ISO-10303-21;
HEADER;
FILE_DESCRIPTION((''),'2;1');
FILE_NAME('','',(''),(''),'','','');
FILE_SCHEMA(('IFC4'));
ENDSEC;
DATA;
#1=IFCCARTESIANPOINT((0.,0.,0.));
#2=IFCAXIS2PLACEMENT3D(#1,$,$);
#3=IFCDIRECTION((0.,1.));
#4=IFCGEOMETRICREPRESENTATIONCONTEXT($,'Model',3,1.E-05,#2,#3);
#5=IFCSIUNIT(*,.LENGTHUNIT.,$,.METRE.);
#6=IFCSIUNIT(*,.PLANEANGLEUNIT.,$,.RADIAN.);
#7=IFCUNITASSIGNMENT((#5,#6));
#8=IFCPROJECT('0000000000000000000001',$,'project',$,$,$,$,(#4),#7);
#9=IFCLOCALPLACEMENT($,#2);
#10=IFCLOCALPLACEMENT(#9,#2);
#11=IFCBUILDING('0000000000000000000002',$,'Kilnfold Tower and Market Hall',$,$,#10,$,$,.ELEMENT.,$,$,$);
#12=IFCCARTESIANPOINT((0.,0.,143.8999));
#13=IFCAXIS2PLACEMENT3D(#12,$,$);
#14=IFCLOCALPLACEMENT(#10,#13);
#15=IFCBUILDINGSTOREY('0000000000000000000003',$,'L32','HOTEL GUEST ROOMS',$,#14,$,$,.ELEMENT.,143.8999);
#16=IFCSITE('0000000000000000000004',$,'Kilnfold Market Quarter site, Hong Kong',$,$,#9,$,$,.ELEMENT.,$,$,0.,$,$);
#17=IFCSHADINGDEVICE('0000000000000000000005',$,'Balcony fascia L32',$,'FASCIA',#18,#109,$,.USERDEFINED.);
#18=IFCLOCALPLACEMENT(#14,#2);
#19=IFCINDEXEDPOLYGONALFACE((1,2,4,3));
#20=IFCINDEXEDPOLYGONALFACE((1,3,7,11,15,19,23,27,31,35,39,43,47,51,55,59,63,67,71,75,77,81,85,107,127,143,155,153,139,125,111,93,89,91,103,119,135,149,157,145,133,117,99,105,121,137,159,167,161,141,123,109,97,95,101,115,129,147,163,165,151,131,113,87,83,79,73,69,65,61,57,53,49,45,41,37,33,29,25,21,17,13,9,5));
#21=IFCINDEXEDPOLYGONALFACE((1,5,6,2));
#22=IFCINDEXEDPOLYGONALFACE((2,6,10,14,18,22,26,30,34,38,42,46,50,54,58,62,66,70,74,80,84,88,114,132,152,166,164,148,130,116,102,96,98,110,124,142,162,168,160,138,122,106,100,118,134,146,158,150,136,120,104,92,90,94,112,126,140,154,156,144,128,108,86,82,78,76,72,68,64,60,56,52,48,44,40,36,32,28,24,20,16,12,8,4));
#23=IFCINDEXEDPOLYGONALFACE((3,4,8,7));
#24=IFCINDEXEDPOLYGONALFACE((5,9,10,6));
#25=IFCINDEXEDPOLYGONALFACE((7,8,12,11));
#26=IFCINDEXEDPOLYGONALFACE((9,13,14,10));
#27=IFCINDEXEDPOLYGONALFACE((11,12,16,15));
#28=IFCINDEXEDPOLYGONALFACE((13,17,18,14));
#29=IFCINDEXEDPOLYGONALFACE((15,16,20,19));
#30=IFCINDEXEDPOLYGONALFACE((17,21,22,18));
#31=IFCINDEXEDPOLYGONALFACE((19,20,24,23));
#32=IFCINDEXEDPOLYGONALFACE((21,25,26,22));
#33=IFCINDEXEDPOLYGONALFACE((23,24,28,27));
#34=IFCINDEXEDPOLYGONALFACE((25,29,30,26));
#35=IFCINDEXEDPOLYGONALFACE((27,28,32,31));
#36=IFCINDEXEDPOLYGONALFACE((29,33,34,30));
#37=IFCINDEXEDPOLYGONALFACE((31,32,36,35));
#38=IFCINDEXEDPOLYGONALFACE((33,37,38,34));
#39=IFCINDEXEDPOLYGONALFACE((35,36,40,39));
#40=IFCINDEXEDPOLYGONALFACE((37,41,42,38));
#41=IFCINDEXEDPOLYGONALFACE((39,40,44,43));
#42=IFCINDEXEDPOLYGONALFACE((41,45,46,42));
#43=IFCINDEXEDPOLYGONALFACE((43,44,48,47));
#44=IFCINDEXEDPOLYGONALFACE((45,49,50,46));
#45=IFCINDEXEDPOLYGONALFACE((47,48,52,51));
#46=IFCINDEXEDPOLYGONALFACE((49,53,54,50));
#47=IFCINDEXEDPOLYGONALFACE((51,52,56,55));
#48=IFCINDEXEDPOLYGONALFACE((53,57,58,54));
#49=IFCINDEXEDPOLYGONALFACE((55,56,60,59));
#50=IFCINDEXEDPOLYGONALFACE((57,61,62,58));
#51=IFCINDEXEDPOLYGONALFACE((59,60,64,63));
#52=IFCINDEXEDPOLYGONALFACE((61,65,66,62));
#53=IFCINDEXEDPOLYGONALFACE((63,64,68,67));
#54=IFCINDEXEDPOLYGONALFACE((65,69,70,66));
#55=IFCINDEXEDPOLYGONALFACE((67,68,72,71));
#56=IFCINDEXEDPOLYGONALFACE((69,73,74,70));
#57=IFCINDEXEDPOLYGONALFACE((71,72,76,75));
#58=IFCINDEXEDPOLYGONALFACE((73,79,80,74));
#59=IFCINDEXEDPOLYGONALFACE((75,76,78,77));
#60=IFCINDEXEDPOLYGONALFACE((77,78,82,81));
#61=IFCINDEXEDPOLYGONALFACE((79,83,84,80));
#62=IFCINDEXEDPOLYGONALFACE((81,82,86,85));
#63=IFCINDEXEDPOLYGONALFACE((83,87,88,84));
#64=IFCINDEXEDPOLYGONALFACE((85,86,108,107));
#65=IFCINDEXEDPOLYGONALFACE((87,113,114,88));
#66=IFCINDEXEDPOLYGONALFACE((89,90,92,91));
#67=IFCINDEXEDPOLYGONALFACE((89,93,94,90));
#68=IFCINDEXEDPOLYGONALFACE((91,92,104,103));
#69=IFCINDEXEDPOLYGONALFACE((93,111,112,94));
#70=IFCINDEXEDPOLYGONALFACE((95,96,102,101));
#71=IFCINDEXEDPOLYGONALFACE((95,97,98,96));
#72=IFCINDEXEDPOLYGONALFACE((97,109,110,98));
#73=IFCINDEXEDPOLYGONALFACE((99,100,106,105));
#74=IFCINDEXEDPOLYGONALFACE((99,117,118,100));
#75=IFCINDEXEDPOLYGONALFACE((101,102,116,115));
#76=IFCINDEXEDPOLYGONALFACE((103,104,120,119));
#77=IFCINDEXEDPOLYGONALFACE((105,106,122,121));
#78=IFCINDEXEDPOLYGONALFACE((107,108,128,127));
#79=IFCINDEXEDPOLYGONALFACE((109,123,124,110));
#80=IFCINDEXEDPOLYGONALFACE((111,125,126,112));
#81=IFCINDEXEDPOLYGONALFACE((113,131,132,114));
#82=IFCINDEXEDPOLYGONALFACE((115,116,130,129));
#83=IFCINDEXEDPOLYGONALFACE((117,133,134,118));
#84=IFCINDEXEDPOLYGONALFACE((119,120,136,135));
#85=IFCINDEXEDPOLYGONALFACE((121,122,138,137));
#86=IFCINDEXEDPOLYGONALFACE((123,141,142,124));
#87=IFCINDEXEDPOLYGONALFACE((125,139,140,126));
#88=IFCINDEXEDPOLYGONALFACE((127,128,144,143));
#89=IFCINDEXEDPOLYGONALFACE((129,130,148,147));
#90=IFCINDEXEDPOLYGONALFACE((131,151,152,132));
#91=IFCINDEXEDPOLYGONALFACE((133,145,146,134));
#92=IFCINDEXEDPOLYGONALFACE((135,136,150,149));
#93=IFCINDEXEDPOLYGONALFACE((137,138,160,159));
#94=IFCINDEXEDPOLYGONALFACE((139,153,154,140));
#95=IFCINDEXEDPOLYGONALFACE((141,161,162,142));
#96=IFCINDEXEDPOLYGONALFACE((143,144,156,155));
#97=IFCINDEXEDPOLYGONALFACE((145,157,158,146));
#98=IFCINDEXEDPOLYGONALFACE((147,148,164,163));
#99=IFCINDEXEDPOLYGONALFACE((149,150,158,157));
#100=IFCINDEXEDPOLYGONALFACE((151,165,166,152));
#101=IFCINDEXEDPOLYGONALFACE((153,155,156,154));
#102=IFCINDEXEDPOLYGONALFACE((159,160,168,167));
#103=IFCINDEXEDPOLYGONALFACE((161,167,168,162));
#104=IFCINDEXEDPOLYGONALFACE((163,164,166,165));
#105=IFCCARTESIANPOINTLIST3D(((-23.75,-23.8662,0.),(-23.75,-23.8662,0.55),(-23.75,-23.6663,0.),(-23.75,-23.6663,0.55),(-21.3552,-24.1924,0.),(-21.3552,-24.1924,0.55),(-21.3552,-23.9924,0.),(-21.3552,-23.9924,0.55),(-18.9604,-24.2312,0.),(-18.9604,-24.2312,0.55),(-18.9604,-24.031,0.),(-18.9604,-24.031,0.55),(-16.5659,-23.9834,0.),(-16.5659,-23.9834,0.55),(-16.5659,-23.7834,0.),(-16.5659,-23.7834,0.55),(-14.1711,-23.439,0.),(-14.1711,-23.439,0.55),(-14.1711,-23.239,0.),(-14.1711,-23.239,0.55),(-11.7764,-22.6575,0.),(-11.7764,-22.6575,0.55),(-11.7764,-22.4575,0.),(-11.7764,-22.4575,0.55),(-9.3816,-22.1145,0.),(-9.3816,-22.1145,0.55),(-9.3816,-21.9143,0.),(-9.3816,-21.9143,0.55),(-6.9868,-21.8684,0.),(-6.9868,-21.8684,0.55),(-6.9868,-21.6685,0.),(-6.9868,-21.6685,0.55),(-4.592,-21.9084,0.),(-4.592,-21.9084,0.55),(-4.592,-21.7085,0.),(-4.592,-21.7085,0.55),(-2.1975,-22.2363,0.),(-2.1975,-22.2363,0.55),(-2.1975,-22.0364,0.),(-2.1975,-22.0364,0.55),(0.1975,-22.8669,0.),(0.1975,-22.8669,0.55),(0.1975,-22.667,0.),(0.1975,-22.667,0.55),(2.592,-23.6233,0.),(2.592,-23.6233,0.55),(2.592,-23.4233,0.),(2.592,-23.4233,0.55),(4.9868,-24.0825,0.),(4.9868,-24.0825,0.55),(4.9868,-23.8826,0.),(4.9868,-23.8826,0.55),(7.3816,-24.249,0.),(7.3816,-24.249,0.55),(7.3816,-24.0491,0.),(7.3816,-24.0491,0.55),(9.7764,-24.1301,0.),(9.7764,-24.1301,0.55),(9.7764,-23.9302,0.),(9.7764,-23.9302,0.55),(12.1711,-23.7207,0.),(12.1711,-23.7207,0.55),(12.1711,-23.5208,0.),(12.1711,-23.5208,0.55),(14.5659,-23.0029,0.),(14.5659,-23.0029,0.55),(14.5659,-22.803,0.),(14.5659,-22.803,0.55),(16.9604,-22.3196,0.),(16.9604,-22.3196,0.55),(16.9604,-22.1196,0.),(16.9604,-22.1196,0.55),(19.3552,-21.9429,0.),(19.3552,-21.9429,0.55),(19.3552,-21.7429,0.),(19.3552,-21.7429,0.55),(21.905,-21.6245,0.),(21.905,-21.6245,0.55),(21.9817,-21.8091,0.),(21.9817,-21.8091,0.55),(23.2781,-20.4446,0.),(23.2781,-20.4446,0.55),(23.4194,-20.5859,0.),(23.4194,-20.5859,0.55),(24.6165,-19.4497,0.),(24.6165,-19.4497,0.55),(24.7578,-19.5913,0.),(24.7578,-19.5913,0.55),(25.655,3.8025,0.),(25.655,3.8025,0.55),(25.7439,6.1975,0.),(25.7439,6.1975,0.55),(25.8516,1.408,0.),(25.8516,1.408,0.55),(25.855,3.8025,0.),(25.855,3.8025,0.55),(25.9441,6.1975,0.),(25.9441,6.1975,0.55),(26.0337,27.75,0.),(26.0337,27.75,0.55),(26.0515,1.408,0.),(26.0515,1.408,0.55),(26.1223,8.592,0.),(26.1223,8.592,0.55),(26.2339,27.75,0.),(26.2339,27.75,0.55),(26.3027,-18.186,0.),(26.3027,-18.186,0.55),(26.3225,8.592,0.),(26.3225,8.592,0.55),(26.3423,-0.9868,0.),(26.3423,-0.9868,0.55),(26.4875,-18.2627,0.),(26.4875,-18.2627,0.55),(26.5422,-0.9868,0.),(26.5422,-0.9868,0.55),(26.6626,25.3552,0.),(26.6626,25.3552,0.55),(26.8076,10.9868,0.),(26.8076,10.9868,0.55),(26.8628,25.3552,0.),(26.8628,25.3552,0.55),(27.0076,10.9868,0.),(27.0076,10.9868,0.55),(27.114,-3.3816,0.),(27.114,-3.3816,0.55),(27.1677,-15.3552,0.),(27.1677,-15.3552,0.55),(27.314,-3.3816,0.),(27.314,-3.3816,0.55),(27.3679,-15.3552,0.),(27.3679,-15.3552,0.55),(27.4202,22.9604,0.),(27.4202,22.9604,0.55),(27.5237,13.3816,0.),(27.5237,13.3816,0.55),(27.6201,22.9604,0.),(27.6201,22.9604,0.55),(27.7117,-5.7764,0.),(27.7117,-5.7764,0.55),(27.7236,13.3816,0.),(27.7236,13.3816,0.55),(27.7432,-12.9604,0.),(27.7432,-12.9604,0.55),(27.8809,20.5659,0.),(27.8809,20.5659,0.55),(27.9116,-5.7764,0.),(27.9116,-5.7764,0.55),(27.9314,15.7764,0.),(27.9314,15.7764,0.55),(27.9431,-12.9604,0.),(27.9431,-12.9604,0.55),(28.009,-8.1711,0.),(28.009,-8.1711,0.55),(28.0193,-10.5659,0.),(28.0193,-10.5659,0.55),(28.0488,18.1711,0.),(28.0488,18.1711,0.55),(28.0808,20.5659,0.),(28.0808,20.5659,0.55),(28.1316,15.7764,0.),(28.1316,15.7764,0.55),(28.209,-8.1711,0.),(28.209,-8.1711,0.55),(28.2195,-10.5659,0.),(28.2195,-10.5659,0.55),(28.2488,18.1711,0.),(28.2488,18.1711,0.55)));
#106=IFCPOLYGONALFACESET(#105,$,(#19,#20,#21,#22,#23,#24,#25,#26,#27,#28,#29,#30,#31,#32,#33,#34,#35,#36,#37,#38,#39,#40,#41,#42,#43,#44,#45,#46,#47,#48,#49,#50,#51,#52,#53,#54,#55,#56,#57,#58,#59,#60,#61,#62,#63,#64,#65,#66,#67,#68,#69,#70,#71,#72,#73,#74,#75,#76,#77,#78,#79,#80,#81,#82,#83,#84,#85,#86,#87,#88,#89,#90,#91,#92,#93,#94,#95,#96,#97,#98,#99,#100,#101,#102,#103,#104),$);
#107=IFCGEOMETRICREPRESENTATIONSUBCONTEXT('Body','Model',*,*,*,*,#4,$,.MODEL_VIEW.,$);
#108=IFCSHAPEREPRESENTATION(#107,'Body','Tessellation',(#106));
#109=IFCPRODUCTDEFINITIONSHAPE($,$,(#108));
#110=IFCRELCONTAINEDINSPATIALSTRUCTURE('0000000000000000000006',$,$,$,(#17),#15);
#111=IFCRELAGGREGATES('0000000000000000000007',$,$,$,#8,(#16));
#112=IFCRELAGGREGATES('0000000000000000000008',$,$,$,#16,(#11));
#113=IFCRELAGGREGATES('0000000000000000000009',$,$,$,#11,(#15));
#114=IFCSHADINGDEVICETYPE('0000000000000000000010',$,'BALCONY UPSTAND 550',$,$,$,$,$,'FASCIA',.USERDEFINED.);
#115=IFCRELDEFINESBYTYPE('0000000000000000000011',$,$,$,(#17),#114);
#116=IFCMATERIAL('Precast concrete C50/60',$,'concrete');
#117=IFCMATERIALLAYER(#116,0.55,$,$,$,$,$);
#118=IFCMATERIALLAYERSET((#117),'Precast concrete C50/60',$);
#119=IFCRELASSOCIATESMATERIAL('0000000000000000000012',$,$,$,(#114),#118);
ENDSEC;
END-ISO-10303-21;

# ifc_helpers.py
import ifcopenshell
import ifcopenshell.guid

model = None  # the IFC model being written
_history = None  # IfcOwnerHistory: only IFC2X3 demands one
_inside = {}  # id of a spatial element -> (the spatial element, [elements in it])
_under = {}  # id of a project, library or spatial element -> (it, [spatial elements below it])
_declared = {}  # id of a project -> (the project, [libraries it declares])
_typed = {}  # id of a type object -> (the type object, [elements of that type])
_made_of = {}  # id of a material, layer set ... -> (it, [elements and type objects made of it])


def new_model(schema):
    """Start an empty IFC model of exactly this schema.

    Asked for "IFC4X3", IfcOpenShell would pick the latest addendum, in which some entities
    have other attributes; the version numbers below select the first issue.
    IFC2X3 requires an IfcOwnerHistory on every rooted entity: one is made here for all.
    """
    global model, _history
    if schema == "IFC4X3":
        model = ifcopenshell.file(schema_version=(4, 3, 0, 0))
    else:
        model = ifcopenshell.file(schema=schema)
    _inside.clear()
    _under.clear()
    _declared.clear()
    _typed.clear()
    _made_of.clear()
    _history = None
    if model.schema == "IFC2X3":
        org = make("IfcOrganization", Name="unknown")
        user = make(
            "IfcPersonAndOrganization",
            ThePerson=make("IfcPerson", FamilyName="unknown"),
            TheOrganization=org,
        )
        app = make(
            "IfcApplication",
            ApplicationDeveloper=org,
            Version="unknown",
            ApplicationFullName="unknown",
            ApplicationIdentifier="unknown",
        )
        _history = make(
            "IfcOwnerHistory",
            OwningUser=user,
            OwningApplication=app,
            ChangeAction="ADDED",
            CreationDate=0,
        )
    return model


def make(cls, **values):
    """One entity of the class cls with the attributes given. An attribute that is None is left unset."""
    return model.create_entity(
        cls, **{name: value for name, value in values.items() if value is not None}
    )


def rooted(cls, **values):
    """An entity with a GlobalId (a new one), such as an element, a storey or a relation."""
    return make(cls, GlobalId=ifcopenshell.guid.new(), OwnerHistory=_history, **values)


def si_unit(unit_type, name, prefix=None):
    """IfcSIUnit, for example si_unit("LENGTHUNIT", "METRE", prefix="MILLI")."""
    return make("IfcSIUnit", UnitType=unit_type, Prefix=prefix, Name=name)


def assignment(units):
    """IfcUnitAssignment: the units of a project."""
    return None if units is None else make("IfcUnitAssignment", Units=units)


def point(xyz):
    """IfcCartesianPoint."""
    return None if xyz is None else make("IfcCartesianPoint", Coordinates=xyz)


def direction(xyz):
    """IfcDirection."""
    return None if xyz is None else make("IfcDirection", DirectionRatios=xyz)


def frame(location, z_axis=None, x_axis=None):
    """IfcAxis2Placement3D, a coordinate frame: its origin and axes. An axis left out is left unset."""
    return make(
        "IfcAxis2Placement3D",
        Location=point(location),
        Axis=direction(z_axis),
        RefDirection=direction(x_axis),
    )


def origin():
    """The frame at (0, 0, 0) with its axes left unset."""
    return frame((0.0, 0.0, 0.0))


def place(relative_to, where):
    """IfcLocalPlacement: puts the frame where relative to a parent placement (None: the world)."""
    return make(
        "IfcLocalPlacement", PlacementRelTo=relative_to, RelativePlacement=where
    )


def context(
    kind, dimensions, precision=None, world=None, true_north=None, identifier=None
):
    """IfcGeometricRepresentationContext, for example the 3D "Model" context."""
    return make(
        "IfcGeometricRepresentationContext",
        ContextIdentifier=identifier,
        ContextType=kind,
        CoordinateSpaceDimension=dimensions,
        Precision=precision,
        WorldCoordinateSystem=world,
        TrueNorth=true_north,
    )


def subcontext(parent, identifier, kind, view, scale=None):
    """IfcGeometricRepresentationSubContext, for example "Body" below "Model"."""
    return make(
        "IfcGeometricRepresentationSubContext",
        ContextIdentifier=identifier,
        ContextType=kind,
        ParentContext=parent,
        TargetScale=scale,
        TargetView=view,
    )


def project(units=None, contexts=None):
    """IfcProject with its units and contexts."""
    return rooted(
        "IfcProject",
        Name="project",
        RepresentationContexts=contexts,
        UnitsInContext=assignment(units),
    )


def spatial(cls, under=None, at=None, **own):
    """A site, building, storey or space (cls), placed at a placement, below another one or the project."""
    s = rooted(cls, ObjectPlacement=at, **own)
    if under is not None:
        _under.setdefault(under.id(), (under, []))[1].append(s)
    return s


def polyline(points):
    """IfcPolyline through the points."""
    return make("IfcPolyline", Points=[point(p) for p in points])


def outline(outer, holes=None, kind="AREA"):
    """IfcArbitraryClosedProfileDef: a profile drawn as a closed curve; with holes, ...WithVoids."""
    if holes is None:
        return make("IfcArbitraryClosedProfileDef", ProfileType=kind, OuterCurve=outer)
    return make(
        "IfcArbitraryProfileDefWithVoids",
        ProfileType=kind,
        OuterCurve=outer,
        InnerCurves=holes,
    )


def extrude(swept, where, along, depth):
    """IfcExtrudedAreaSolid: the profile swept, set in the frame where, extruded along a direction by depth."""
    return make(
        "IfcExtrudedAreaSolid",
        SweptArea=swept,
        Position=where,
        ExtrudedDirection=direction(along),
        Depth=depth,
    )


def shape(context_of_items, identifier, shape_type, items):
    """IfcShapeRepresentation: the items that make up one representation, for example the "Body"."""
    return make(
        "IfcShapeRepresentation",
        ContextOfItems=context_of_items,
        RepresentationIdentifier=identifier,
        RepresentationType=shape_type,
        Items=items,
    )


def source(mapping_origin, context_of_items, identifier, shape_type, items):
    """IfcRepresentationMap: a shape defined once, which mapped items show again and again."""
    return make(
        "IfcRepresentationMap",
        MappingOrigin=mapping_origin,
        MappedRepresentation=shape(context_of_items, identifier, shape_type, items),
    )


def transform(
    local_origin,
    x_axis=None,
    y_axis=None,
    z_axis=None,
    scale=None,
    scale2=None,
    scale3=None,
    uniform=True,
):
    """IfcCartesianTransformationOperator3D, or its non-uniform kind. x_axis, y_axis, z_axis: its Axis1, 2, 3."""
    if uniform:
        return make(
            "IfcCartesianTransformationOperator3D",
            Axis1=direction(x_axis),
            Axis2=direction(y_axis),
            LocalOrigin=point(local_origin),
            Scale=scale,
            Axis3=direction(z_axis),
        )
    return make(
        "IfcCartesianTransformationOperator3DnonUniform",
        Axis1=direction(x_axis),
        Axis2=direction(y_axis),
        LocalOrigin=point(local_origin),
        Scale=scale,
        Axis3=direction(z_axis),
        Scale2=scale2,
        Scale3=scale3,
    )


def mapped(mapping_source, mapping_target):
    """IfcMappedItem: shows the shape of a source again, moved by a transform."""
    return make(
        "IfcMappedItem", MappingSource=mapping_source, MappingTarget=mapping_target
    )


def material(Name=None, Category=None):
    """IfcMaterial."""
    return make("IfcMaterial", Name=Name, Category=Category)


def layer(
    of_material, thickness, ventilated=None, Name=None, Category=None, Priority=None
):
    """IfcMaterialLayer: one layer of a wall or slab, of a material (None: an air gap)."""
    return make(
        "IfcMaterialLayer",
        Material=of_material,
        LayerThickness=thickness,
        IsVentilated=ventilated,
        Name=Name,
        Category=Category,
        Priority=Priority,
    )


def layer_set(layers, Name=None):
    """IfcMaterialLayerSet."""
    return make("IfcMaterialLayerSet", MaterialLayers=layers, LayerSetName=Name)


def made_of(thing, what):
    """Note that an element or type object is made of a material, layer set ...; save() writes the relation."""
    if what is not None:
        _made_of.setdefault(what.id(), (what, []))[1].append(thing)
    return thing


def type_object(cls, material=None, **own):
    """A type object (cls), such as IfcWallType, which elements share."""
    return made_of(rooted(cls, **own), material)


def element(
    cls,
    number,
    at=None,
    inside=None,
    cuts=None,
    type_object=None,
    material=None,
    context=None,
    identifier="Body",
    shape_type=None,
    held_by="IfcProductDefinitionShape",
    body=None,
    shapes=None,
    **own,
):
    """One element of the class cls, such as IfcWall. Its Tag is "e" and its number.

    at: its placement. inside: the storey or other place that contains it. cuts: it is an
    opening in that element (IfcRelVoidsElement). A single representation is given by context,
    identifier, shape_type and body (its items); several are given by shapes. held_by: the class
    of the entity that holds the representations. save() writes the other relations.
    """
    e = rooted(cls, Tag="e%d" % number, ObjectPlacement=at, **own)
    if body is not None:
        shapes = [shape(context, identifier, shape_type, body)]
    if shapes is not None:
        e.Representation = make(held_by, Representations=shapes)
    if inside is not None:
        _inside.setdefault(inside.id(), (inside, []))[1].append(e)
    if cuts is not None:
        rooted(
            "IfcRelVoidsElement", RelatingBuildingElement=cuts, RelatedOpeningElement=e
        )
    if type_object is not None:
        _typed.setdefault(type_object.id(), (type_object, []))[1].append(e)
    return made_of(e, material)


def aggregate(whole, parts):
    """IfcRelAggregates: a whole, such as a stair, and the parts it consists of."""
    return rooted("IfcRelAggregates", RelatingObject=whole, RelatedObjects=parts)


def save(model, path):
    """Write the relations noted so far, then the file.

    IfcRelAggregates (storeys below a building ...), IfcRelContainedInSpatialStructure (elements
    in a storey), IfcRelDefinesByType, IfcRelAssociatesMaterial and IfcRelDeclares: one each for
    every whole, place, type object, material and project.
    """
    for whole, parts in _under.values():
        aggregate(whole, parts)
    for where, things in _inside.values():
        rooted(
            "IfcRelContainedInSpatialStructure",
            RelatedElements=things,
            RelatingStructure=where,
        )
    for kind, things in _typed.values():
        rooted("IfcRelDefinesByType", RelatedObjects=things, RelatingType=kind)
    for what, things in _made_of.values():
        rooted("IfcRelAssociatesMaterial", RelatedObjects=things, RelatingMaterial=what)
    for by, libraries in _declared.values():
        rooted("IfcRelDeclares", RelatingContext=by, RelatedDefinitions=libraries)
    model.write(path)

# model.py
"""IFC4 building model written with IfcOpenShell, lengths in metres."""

from ifc_helpers import new_model, si_unit, direction, frame, origin, place, context, subcontext, project, spatial, polyline, outline, extrude, source, transform, mapped, material, layer, layer_set, type_object, element, save


model = new_model("IFC4")

# Units and contexts
model_context = context("Model", 3, precision=1e-05, world=origin(), true_north=direction((0.0, 1.0)))
body_context = subcontext(model_context, "Body", "Model", "MODEL_VIEW")
ifc_project = project(units=[si_unit("LENGTHUNIT", "METRE"), si_unit("PLANEANGLEUNIT", "RADIAN")], contexts=[model_context])

# Site, building, storey
site_placement = place(None, origin())
site = spatial("IfcSite", under=ifc_project, at=site_placement, Name="Kilnfold Market Quarter site, Hong Kong", CompositionType="ELEMENT", RefElevation=0.0)
building_placement = place(site_placement, origin())
building = spatial("IfcBuilding", under=site, at=building_placement, Name="Kilnfold Tower and Market Hall", CompositionType="ELEMENT")
storey_placement = place(building_placement, frame((0.0, 0.0, 143.8999)))
storey = spatial("IfcBuildingStorey", under=building, at=storey_placement, Name="L32", Description="HOTEL GUEST ROOMS", CompositionType="ELEMENT", Elevation=143.8999)

# Shading device
ifc_material_1 = material(Name="Precast concrete C50/60", Category="concrete")
ifc_layer_1 = layer(ifc_material_1, 0.55)
ifc_layer_set_1 = layer_set([ifc_layer_1], Name="Precast concrete C50/60")
shading_device_type_1 = type_object("IfcShadingDeviceType", Name="BALCONY UPSTAND 550", ElementType="FASCIA", PredefinedType="USERDEFINED", material=ifc_layer_set_1)
shared_shape_1 = source(origin(), body_context, "Body", "SweptSolid", [
    extrude(outline(polyline([(-23.75, -23.8662), (-21.3552, -24.1924), (-18.9604, -24.2312), (-16.5659, -23.9834), (-14.1711, -23.439), (-11.7764, -22.6575), (-9.3816, -22.1145), (-6.9868, -21.8684), (-4.592, -21.9084), (-2.1975, -22.2363), (0.1975, -22.8669), (2.592, -23.6233), (4.9868, -24.0825), (7.3816, -24.249), (9.7764, -24.1301), (12.1711, -23.7207), (14.5659, -23.0029), (16.9604, -22.3196), (19.3552, -21.9429), (21.9817, -21.8091), (23.4194, -20.5859), (24.7578, -19.5913), (26.4875, -18.2627), (27.3679, -15.3552), (27.9431, -12.9604), (28.2195, -10.5659), (28.209, -8.1711), (27.9116, -5.7764), (27.314, -3.3816), (26.5422, -0.9868), (26.0515, 1.408), (25.855, 3.8025), (25.9441, 6.1975), (26.3225, 8.592), (27.0076, 10.9868), (27.7236, 13.3816), (28.1316, 15.7764), (28.2488, 18.1711), (28.0808, 20.5659), (27.6201, 22.9604), (26.8628, 25.3552), (26.2339, 27.75), (26.0337, 27.75), (26.6626, 25.3552), (27.4202, 22.9604), (27.8809, 20.5659), (28.0488, 18.1711), (27.9314, 15.7764), (27.5237, 13.3816), (26.8076, 10.9868), (26.1223, 8.592), (25.7439, 6.1975), (25.655, 3.8025), (25.8516, 1.408), (26.3423, -0.9868), (27.114, -3.3816), (27.7117, -5.7764), (28.009, -8.1711), (28.0193, -10.5659), (27.7432, -12.9604), (27.1677, -15.3552), (26.3027, -18.186), (24.6165, -19.4497), (23.2781, -20.4446), (21.905, -21.6245), (19.3552, -21.7429), (16.9604, -22.1196), (14.5659, -22.803), (12.1711, -23.5208), (9.7764, -23.9302), (7.3816, -24.0491), (4.9868, -23.8826), (2.592, -23.4233), (0.1975, -22.667), (-2.1975, -22.0364), (-4.592, -21.7085), (-6.9868, -21.6685), (-9.3816, -21.9143), (-11.7764, -22.4575), (-14.1711, -23.239), (-16.5659, -23.7834), (-18.9604, -24.031), (-21.3552, -23.9924), (-23.75, -23.6663), (-23.75, -23.8662)])), origin(), (0.0, 0.0, 1.0), 0.55),
])
shading_device_1_placement = place(storey_placement, origin())
element("IfcShadingDevice", 1, at=shading_device_1_placement, inside=storey, type_object=shading_device_type_1, Name="Balcony fascia L32", ObjectType="FASCIA", PredefinedType="USERDEFINED", context=body_context, shape_type="MappedRepresentation", body=[
    mapped(shared_shape_1, transform((0.0, 0.0, 0.0))),
])

save(model, "model.ifc")
